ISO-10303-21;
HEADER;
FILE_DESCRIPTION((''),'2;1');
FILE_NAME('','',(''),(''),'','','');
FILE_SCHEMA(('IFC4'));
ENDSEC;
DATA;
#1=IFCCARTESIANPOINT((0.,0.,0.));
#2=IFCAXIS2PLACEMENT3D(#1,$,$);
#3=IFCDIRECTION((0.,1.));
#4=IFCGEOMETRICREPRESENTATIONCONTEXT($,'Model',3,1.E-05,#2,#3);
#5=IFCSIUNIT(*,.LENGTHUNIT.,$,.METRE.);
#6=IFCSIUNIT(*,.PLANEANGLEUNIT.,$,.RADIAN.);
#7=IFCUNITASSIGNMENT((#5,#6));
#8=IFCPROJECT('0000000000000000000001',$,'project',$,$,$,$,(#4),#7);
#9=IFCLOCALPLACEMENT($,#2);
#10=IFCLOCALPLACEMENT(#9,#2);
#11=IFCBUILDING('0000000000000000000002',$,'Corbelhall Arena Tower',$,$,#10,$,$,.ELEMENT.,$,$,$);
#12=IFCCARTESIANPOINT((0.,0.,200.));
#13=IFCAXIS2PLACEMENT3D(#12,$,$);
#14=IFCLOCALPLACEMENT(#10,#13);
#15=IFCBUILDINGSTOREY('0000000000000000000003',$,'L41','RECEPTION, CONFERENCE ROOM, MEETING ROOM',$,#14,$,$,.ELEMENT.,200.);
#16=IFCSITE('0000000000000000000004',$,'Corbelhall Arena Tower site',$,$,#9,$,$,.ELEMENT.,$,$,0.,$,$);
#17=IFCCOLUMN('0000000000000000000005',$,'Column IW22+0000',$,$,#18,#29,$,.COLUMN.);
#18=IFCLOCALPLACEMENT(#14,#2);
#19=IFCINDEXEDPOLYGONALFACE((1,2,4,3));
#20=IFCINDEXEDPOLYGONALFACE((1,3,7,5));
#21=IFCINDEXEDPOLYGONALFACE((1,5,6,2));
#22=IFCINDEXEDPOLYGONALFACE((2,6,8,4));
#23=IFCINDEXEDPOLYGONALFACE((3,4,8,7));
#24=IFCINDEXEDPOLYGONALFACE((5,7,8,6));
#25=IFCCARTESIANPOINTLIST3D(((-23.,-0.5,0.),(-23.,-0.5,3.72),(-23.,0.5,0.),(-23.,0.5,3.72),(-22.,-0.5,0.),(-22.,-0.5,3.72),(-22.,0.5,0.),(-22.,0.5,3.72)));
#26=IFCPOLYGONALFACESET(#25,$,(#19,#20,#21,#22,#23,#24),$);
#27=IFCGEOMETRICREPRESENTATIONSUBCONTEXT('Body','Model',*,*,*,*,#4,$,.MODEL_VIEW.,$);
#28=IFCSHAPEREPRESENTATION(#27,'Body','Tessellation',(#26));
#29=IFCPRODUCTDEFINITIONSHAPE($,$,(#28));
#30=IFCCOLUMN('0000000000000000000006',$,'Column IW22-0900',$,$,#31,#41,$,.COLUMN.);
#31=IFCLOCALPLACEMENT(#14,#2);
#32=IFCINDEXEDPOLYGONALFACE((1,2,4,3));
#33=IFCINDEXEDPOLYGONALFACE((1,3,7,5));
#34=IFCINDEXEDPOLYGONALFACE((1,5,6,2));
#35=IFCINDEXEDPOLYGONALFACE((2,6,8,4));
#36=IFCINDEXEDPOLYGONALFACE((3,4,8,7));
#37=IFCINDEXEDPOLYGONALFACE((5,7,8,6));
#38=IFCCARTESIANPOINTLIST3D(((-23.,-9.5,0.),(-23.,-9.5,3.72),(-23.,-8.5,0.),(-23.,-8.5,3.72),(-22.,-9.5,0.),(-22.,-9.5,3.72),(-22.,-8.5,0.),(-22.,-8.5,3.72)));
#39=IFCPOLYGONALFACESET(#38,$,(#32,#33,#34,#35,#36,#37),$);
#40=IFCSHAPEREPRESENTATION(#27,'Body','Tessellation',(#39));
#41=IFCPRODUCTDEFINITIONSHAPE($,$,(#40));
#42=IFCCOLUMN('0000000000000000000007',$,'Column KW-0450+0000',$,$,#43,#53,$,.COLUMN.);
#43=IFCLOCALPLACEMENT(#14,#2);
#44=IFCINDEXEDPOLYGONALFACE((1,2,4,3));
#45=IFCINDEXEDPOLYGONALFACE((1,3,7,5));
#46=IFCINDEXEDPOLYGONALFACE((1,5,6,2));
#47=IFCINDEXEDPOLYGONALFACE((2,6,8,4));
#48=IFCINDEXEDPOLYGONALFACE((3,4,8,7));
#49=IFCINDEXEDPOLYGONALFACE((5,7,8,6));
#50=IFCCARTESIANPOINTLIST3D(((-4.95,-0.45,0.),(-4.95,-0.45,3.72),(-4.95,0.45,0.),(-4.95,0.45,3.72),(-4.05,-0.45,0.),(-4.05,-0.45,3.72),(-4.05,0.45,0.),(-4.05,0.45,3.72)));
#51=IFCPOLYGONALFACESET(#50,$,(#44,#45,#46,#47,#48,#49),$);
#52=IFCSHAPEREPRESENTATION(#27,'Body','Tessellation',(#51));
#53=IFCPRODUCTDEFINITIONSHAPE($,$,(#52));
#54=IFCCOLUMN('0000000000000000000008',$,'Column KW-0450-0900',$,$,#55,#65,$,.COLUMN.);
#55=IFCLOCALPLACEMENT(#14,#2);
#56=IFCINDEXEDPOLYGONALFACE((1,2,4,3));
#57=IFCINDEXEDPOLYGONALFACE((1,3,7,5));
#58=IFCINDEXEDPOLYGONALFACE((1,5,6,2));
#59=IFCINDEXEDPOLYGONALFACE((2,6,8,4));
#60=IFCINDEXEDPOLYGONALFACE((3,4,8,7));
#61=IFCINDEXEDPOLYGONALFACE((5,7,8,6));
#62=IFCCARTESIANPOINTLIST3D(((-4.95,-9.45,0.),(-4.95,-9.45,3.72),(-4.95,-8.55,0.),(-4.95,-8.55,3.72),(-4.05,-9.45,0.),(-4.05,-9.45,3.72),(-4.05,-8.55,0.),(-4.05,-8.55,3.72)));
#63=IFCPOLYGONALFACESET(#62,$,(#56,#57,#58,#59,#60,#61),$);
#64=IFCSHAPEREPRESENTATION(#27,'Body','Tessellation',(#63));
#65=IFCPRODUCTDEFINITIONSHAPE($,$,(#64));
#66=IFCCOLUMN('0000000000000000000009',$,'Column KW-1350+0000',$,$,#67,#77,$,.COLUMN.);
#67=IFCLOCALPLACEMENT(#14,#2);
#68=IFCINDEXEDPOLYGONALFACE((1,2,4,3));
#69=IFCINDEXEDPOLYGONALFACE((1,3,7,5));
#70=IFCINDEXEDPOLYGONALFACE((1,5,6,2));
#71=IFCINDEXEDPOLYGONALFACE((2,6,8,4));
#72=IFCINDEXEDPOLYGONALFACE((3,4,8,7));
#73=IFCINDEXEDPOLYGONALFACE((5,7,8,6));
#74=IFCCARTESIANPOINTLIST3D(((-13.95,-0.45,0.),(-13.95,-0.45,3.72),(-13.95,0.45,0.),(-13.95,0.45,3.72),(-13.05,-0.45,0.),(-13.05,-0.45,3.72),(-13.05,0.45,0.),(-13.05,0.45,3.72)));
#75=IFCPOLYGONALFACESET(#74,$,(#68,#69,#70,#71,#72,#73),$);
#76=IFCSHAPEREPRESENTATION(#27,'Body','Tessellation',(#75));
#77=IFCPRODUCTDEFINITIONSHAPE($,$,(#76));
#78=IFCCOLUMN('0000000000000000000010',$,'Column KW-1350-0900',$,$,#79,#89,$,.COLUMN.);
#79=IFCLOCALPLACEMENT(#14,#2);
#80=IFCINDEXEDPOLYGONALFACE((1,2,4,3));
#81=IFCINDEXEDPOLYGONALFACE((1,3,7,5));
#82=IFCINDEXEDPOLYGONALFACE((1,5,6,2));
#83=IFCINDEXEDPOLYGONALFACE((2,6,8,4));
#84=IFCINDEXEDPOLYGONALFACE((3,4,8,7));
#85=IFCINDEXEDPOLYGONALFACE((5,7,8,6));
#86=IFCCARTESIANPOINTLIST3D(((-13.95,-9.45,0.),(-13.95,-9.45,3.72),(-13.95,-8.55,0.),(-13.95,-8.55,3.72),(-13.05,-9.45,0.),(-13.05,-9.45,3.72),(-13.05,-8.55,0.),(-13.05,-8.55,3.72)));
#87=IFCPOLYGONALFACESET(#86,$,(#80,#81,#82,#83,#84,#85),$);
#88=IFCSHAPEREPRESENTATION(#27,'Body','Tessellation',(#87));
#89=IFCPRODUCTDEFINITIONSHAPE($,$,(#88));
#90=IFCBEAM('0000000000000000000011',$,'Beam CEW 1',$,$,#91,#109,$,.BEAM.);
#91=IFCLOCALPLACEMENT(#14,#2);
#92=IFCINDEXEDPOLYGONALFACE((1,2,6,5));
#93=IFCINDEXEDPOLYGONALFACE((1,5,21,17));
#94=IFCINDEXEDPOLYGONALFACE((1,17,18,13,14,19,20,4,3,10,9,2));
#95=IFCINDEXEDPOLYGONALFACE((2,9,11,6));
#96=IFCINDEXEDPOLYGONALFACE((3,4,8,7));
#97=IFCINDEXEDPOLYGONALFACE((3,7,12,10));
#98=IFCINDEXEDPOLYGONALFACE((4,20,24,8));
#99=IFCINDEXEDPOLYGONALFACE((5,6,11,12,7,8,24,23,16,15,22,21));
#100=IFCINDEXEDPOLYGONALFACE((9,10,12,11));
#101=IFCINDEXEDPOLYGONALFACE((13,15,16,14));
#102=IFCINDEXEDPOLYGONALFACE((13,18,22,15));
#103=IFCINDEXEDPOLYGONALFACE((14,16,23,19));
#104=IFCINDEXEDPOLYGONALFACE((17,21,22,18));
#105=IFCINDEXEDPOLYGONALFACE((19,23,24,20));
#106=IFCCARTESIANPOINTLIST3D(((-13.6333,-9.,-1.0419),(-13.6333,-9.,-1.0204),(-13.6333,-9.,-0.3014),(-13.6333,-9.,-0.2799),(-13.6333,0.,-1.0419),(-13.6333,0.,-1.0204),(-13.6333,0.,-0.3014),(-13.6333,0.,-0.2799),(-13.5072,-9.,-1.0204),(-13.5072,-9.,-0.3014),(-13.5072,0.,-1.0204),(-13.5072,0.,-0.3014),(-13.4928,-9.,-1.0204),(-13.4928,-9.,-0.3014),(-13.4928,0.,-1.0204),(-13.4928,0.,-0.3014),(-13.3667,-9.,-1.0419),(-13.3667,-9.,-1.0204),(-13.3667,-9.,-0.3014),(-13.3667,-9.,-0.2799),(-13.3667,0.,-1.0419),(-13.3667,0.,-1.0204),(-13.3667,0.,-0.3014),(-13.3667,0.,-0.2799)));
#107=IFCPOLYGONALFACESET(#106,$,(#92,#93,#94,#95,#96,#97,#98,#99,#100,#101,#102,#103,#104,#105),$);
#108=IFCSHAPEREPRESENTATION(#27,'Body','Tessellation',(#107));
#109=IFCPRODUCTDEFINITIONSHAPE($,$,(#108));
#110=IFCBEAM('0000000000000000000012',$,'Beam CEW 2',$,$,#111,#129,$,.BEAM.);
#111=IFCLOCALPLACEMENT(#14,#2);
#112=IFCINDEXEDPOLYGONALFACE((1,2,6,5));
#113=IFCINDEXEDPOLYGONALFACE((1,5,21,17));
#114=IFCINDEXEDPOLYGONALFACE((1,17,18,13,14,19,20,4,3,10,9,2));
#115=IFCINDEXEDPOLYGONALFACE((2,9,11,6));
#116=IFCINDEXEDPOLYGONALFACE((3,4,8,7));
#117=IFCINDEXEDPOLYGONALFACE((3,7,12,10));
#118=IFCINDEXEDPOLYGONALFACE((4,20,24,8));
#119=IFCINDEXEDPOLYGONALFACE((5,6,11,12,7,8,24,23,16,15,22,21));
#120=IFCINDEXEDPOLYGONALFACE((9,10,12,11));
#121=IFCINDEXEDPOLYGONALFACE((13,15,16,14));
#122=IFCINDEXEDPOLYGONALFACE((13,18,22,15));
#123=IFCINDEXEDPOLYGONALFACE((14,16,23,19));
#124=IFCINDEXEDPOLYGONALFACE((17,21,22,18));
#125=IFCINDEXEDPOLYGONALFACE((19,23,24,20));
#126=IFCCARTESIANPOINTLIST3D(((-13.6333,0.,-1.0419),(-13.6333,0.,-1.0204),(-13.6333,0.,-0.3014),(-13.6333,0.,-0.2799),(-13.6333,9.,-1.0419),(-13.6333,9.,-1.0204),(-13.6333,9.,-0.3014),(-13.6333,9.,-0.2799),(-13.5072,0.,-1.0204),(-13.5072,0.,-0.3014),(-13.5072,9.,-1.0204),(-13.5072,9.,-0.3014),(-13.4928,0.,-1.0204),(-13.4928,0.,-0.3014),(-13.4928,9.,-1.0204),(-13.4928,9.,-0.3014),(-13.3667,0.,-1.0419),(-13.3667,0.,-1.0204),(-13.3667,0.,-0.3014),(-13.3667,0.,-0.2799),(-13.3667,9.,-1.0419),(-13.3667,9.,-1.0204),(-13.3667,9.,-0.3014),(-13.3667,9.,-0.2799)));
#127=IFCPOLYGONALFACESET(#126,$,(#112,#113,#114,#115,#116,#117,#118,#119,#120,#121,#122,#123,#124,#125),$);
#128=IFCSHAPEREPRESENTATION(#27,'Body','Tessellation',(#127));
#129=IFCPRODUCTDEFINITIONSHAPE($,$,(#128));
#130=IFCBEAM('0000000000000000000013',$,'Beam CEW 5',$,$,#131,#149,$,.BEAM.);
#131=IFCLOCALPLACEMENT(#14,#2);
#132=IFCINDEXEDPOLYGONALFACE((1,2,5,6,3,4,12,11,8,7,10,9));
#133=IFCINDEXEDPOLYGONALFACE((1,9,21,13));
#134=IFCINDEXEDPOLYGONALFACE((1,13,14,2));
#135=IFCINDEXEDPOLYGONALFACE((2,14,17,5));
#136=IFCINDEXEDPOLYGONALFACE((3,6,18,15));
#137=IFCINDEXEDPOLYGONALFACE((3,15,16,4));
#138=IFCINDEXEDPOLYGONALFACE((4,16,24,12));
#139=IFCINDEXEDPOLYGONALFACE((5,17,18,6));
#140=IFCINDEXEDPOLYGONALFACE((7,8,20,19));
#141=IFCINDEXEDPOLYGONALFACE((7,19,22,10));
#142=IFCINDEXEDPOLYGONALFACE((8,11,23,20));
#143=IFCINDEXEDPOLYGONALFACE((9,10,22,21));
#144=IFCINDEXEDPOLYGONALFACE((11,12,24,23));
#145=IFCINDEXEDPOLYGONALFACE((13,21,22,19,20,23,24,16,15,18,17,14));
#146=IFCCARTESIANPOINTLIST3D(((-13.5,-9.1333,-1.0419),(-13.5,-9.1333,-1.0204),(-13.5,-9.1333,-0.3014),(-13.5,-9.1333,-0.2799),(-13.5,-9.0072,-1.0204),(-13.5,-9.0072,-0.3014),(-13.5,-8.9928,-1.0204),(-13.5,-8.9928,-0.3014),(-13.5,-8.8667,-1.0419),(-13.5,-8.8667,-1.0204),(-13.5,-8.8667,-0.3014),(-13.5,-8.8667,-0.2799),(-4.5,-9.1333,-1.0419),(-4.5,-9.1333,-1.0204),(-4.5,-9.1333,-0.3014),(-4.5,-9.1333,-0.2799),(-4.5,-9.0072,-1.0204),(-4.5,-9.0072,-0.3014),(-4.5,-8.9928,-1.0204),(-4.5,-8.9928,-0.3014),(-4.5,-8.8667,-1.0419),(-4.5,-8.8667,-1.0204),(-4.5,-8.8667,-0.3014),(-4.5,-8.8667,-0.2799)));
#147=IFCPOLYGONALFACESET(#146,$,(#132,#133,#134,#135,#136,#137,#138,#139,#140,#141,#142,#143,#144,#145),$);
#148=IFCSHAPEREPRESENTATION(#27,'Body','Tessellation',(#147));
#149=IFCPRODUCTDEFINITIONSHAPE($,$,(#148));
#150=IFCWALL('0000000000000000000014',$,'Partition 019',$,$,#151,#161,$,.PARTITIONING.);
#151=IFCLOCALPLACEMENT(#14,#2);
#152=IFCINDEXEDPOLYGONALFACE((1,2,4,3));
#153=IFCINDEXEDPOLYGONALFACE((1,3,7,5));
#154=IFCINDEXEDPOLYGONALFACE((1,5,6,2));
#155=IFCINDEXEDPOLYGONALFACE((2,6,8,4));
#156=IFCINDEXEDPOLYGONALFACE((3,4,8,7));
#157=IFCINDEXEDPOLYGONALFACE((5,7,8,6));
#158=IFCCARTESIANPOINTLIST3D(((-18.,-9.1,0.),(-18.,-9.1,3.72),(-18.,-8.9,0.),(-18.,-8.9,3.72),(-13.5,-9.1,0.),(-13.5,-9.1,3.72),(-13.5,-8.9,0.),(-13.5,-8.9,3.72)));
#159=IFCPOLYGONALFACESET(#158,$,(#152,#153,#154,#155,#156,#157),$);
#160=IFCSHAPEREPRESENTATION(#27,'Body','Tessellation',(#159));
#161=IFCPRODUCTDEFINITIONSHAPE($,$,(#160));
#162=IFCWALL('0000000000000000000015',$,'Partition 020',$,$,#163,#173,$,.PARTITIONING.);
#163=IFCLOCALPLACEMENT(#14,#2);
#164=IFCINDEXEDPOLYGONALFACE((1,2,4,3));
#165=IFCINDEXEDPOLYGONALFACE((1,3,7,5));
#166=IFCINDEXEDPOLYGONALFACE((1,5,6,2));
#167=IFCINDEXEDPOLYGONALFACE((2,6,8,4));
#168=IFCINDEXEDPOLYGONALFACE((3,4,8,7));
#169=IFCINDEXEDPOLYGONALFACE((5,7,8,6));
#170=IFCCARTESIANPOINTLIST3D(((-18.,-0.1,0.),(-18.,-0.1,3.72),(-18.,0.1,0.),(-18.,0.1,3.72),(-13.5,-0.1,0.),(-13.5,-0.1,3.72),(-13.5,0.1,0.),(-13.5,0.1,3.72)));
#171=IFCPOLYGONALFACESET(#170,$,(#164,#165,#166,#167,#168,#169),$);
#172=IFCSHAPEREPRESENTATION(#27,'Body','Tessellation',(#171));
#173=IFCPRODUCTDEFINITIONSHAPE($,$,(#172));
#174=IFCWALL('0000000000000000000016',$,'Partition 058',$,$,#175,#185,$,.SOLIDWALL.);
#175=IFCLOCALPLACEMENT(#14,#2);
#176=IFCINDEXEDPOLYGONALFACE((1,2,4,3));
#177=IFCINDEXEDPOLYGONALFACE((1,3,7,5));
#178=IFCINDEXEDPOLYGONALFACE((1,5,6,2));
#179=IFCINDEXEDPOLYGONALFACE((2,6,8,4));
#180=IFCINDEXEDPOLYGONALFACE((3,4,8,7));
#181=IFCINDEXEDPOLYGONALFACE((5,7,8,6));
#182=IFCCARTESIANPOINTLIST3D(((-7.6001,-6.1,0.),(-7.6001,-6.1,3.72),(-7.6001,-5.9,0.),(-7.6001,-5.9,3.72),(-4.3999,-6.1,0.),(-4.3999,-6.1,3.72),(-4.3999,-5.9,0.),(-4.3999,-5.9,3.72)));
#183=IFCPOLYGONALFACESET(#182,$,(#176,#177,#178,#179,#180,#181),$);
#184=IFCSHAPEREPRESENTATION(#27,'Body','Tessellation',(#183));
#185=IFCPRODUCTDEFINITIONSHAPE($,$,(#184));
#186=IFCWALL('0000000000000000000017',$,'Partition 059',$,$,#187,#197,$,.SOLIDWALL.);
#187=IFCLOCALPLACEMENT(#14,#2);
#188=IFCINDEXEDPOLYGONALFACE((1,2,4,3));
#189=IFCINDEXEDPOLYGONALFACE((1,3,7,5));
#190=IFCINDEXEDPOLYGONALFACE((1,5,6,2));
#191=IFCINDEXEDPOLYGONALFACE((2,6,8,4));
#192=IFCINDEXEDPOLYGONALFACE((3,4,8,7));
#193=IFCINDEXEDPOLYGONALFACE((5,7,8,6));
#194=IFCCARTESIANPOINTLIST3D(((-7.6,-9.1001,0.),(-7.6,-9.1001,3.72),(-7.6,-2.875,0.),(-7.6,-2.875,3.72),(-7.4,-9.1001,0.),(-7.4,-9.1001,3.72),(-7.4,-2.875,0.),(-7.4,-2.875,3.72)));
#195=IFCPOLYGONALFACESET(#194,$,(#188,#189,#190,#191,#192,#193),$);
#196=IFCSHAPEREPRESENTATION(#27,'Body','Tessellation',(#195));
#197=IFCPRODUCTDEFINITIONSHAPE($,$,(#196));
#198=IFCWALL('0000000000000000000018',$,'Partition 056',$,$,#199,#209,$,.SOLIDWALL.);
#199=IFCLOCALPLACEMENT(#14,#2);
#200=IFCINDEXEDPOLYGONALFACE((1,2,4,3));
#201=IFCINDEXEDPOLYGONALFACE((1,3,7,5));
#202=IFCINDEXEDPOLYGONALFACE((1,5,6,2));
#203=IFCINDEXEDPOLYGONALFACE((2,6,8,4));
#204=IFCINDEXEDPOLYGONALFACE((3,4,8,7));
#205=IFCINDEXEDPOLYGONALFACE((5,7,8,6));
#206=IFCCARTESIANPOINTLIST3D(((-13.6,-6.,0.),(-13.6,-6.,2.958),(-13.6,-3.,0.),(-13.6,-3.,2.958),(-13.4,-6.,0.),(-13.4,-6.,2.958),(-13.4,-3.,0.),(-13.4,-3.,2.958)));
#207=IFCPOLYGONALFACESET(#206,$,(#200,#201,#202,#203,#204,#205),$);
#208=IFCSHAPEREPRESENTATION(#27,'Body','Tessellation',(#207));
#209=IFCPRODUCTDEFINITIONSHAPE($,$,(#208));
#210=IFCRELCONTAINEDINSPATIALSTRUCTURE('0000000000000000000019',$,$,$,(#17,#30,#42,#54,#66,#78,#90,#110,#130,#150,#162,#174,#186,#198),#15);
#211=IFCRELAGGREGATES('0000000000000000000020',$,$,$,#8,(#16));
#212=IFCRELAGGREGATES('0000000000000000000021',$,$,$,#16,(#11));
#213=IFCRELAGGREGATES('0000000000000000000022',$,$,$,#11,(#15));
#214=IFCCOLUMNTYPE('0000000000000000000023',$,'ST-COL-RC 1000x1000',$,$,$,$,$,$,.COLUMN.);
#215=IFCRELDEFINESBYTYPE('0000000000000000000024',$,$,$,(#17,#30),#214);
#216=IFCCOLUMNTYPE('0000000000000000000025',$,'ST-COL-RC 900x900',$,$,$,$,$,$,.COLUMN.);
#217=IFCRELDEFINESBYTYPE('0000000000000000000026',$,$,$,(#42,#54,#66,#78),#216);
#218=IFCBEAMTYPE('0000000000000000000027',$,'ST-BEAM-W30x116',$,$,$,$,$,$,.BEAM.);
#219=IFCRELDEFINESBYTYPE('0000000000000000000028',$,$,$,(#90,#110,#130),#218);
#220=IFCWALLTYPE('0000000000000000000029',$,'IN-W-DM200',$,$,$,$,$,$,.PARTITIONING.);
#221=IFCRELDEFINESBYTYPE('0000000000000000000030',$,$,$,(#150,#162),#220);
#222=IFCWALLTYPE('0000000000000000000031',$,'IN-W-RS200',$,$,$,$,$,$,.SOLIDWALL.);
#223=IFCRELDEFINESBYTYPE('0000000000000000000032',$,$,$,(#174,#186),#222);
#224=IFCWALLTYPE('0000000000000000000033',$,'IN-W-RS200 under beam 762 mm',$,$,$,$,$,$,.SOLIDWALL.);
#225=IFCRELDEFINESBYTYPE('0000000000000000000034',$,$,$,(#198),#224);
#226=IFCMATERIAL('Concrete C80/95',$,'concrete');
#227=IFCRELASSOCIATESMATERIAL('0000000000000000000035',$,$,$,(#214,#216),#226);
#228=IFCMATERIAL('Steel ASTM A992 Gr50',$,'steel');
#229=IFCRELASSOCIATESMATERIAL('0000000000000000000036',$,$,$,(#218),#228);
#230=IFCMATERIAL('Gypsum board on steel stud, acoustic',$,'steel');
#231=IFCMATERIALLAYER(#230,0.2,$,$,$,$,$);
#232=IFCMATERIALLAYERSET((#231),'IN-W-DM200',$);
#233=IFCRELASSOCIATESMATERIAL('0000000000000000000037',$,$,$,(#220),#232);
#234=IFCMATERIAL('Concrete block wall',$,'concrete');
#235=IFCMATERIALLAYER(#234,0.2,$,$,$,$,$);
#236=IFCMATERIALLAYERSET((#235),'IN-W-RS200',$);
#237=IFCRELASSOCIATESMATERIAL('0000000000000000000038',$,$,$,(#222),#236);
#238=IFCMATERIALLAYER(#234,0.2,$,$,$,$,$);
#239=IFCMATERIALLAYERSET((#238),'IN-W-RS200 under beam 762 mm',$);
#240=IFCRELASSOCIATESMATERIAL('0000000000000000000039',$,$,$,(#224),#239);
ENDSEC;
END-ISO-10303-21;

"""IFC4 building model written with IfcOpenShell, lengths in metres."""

from ifc_helpers import new_model, si_unit, direction, frame, frame_2d, origin, origin_2d, place, context, subcontext, project, spatial, rectangle, i_section, extrude, material, layer, layer_set, material_profile, profile_set, type_object, element, save


model = new_model("IFC4")

# Units and contexts
model_context = context("Model", 3, precision=1e-05, world=origin(), true_north=direction((0.0, 1.0)))
body_context = subcontext(model_context, "Body", "Model", "MODEL_VIEW")
ifc_project = project(units=[si_unit("LENGTHUNIT", "METRE"), si_unit("PLANEANGLEUNIT", "RADIAN")], contexts=[model_context])

# Site, building, storey
site_placement = place(None, origin())
site = spatial("IfcSite", under=ifc_project, at=site_placement, Name="Corbelhall Arena Tower site", CompositionType="ELEMENT", RefElevation=0.0)
building_placement = place(site_placement, origin())
building = spatial("IfcBuilding", under=site, at=building_placement, Name="Corbelhall Arena Tower", CompositionType="ELEMENT")
storey_placement = place(building_placement, frame((0.0, 0.0, 200.0)))
storey = spatial("IfcBuildingStorey", under=building, at=storey_placement, Name="L41", Description="RECEPTION, CONFERENCE ROOM, MEETING ROOM", CompositionType="ELEMENT", Elevation=200.0)

# Columns
ifc_material_1 = material(Name="Concrete C80/95", Category="concrete")
ifc_material_profile_1 = material_profile(ifc_material_1, rectangle(XDim=1.0, YDim=1.0, at=origin_2d()))
ifc_profile_set_1 = profile_set([ifc_material_profile_1], Name="Concrete C80/95")
column_type_1 = type_object("IfcColumnType", Name="ST-COL-RC 1000x1000", PredefinedType="COLUMN", material=ifc_profile_set_1)
for number, where, z_axis, x_axis, name in (
    (1, (-22.5, 0.0, 0.0), (0.0, 0.0, 1.0), (1.0, 0.0, 0.0), "Column IW22+0000"),
    (2, (-22.5, -9.0, 0.0), (0.0, 0.0, 1.0), (1.0, 0.0, 0.0), "Column IW22-0900"),
):
    element("IfcColumn", number, at=place(storey_placement, frame(where, z_axis=z_axis, x_axis=x_axis)), inside=storey, type_object=column_type_1, Name=name, PredefinedType="COLUMN", context=body_context, shape_type="SweptSolid", body=[
        extrude(rectangle(XDim=1.0, YDim=1.0, at=origin_2d()), origin(), (0.0, 0.0, 1.0), 3.72),
    ])
ifc_material_profile_2 = material_profile(ifc_material_1, rectangle(XDim=0.8999, YDim=0.8999, at=origin_2d()))
ifc_profile_set_2 = profile_set([ifc_material_profile_2], Name="Concrete C80/95")
column_type_2 = type_object("IfcColumnType", Name="ST-COL-RC 900x900", PredefinedType="COLUMN", material=ifc_profile_set_2)
for number, where, z_axis, x_axis, name in (
    (3, (-4.5, 0.0, 0.0), (0.0, 0.0, 1.0), (1.0, 0.0, 0.0), "Column KW-0450+0000"),
    (4, (-4.5, -9.0, 0.0), (0.0, 0.0, 1.0), (1.0, 0.0, 0.0), "Column KW-0450-0900"),
    (5, (-13.5, 0.0, 0.0), (0.0, 0.0, 1.0), (1.0, 0.0, 0.0), "Column KW-1350+0000"),
    (6, (-13.5, -9.0, 0.0), (0.0, 0.0, 1.0), (1.0, 0.0, 0.0), "Column KW-1350-0900"),
):
    element("IfcColumn", number, at=place(storey_placement, frame(where, z_axis=z_axis, x_axis=x_axis)), inside=storey, type_object=column_type_2, Name=name, PredefinedType="COLUMN", context=body_context, shape_type="SweptSolid", body=[
        extrude(rectangle(XDim=0.8999, YDim=0.8999, at=origin_2d()), origin(), (0.0, 0.0, 1.0), 3.72),
    ])

# Beams
ifc_material_2 = material(Name="Steel ASTM A992 Gr50", Category="steel")
ifc_material_profile_3 = material_profile(ifc_material_2, i_section(OverallWidth=0.2666, OverallDepth=0.762, WebThickness=0.0144, FlangeThickness=0.0215, at=origin_2d()))
ifc_profile_set_3 = profile_set([ifc_material_profile_3], Name="Steel ASTM A992 Gr50")
beam_type = type_object("IfcBeamType", Name="ST-BEAM-W30x116", PredefinedType="BEAM", material=ifc_profile_set_3)
for number, where, z_axis, x_axis, name in (
    (7, (-13.5, -9.0, -0.6609), (0.0, 1.0, 0.0), (-1.0, 0.0, 0.0), "Beam CEW 1"),
    (8, (-13.5, 0.0, -0.6609), (0.0, 1.0, 0.0), (-1.0, 0.0, 0.0), "Beam CEW 2"),
    (9, (-13.5, -9.0, -0.6609), (1.0, 0.0, 0.0), (0.0, 1.0, 0.0), "Beam CEW 5"),
):
    element("IfcBeam", number, at=place(storey_placement, frame(where, z_axis=z_axis, x_axis=x_axis)), inside=storey, type_object=beam_type, Name=name, PredefinedType="BEAM", context=body_context, shape_type="SweptSolid", body=[
        extrude(i_section(OverallWidth=0.2666, OverallDepth=0.762, WebThickness=0.0144, FlangeThickness=0.0215, at=origin_2d()), origin(), (0.0, 0.0, 1.0), 9.0),
    ])

# Walls
ifc_material_3 = material(Name="Gypsum board on steel stud, acoustic", Category="steel")
ifc_layer_1 = layer(ifc_material_3, 0.2)
ifc_layer_set_1 = layer_set([ifc_layer_1], Name="IN-W-DM200")
wall_type_1 = type_object("IfcWallType", Name="IN-W-DM200", PredefinedType="PARTITIONING", material=ifc_layer_set_1)
for number, where, z_axis, x_axis, name in (
    (10, (-18.0, -9.0, 0.0), (0.0, 0.0, 1.0), (1.0, 0.0, 0.0), "Partition 019"),
    (11, (-18.0, 0.0, 0.0), (0.0, 0.0, 1.0), (1.0, 0.0, 0.0), "Partition 020"),
):
    element("IfcWall", number, at=place(storey_placement, frame(where, z_axis=z_axis, x_axis=x_axis)), inside=storey, type_object=wall_type_1, Name=name, PredefinedType="PARTITIONING", context=body_context, shape_type="SweptSolid", body=[
        extrude(rectangle(XDim=4.5, YDim=0.2, at=frame_2d((2.25, 0.0))), origin(), (0.0, 0.0, 1.0), 3.72),
    ])

# Shared definitions
ifc_material_4 = material(Name="Concrete block wall", Category="concrete")
ifc_layer_2 = layer(ifc_material_4, 0.2)
ifc_layer_set_2 = layer_set([ifc_layer_2], Name="IN-W-RS200")
wall_type_2 = type_object("IfcWallType", Name="IN-W-RS200", PredefinedType="SOLIDWALL", material=ifc_layer_set_2)

# Walls
wall_1_placement = place(storey_placement, frame((-7.6001, -6.0, 0.0), z_axis=(0.0, 0.0, 1.0), x_axis=(1.0, 0.0, 0.0)))
element("IfcWall", 12, at=wall_1_placement, inside=storey, type_object=wall_type_2, Name="Partition 058", PredefinedType="SOLIDWALL", context=body_context, shape_type="SweptSolid", body=[
    extrude(rectangle(XDim=3.2002, YDim=0.2, at=frame_2d((1.6001, 0.0))), origin(), (0.0, 0.0, 1.0), 3.72),
])
wall_2_placement = place(storey_placement, frame((-7.5, -9.1001, 0.0), z_axis=(0.0, 0.0, 1.0), x_axis=(0.0, 1.0, 0.0)))
element("IfcWall", 13, at=wall_2_placement, inside=storey, type_object=wall_type_2, Name="Partition 059", PredefinedType="SOLIDWALL", context=body_context, shape_type="SweptSolid", body=[
    extrude(rectangle(XDim=6.2251, YDim=0.2, at=frame_2d((3.1125, 0.0))), origin(), (0.0, 0.0, 1.0), 3.72),
])
ifc_layer_3 = layer(ifc_material_4, 0.2)
ifc_layer_set_3 = layer_set([ifc_layer_3], Name="IN-W-RS200 under beam 762 mm")
wall_type_3 = type_object("IfcWallType", Name="IN-W-RS200 under beam 762 mm", PredefinedType="SOLIDWALL", material=ifc_layer_set_3)
wall_3_placement = place(storey_placement, frame((-13.5, -6.0, 0.0), z_axis=(0.0, 0.0, 1.0), x_axis=(0.0, 1.0, 0.0)))
element("IfcWall", 14, at=wall_3_placement, inside=storey, type_object=wall_type_3, Name="Partition 056", PredefinedType="SOLIDWALL", context=body_context, shape_type="SweptSolid", body=[
    extrude(rectangle(XDim=3.0, YDim=0.2, at=frame_2d((1.5, 0.0))), origin(), (0.0, 0.0, 1.0), 2.958),
])

save(model, "model.ifc")
